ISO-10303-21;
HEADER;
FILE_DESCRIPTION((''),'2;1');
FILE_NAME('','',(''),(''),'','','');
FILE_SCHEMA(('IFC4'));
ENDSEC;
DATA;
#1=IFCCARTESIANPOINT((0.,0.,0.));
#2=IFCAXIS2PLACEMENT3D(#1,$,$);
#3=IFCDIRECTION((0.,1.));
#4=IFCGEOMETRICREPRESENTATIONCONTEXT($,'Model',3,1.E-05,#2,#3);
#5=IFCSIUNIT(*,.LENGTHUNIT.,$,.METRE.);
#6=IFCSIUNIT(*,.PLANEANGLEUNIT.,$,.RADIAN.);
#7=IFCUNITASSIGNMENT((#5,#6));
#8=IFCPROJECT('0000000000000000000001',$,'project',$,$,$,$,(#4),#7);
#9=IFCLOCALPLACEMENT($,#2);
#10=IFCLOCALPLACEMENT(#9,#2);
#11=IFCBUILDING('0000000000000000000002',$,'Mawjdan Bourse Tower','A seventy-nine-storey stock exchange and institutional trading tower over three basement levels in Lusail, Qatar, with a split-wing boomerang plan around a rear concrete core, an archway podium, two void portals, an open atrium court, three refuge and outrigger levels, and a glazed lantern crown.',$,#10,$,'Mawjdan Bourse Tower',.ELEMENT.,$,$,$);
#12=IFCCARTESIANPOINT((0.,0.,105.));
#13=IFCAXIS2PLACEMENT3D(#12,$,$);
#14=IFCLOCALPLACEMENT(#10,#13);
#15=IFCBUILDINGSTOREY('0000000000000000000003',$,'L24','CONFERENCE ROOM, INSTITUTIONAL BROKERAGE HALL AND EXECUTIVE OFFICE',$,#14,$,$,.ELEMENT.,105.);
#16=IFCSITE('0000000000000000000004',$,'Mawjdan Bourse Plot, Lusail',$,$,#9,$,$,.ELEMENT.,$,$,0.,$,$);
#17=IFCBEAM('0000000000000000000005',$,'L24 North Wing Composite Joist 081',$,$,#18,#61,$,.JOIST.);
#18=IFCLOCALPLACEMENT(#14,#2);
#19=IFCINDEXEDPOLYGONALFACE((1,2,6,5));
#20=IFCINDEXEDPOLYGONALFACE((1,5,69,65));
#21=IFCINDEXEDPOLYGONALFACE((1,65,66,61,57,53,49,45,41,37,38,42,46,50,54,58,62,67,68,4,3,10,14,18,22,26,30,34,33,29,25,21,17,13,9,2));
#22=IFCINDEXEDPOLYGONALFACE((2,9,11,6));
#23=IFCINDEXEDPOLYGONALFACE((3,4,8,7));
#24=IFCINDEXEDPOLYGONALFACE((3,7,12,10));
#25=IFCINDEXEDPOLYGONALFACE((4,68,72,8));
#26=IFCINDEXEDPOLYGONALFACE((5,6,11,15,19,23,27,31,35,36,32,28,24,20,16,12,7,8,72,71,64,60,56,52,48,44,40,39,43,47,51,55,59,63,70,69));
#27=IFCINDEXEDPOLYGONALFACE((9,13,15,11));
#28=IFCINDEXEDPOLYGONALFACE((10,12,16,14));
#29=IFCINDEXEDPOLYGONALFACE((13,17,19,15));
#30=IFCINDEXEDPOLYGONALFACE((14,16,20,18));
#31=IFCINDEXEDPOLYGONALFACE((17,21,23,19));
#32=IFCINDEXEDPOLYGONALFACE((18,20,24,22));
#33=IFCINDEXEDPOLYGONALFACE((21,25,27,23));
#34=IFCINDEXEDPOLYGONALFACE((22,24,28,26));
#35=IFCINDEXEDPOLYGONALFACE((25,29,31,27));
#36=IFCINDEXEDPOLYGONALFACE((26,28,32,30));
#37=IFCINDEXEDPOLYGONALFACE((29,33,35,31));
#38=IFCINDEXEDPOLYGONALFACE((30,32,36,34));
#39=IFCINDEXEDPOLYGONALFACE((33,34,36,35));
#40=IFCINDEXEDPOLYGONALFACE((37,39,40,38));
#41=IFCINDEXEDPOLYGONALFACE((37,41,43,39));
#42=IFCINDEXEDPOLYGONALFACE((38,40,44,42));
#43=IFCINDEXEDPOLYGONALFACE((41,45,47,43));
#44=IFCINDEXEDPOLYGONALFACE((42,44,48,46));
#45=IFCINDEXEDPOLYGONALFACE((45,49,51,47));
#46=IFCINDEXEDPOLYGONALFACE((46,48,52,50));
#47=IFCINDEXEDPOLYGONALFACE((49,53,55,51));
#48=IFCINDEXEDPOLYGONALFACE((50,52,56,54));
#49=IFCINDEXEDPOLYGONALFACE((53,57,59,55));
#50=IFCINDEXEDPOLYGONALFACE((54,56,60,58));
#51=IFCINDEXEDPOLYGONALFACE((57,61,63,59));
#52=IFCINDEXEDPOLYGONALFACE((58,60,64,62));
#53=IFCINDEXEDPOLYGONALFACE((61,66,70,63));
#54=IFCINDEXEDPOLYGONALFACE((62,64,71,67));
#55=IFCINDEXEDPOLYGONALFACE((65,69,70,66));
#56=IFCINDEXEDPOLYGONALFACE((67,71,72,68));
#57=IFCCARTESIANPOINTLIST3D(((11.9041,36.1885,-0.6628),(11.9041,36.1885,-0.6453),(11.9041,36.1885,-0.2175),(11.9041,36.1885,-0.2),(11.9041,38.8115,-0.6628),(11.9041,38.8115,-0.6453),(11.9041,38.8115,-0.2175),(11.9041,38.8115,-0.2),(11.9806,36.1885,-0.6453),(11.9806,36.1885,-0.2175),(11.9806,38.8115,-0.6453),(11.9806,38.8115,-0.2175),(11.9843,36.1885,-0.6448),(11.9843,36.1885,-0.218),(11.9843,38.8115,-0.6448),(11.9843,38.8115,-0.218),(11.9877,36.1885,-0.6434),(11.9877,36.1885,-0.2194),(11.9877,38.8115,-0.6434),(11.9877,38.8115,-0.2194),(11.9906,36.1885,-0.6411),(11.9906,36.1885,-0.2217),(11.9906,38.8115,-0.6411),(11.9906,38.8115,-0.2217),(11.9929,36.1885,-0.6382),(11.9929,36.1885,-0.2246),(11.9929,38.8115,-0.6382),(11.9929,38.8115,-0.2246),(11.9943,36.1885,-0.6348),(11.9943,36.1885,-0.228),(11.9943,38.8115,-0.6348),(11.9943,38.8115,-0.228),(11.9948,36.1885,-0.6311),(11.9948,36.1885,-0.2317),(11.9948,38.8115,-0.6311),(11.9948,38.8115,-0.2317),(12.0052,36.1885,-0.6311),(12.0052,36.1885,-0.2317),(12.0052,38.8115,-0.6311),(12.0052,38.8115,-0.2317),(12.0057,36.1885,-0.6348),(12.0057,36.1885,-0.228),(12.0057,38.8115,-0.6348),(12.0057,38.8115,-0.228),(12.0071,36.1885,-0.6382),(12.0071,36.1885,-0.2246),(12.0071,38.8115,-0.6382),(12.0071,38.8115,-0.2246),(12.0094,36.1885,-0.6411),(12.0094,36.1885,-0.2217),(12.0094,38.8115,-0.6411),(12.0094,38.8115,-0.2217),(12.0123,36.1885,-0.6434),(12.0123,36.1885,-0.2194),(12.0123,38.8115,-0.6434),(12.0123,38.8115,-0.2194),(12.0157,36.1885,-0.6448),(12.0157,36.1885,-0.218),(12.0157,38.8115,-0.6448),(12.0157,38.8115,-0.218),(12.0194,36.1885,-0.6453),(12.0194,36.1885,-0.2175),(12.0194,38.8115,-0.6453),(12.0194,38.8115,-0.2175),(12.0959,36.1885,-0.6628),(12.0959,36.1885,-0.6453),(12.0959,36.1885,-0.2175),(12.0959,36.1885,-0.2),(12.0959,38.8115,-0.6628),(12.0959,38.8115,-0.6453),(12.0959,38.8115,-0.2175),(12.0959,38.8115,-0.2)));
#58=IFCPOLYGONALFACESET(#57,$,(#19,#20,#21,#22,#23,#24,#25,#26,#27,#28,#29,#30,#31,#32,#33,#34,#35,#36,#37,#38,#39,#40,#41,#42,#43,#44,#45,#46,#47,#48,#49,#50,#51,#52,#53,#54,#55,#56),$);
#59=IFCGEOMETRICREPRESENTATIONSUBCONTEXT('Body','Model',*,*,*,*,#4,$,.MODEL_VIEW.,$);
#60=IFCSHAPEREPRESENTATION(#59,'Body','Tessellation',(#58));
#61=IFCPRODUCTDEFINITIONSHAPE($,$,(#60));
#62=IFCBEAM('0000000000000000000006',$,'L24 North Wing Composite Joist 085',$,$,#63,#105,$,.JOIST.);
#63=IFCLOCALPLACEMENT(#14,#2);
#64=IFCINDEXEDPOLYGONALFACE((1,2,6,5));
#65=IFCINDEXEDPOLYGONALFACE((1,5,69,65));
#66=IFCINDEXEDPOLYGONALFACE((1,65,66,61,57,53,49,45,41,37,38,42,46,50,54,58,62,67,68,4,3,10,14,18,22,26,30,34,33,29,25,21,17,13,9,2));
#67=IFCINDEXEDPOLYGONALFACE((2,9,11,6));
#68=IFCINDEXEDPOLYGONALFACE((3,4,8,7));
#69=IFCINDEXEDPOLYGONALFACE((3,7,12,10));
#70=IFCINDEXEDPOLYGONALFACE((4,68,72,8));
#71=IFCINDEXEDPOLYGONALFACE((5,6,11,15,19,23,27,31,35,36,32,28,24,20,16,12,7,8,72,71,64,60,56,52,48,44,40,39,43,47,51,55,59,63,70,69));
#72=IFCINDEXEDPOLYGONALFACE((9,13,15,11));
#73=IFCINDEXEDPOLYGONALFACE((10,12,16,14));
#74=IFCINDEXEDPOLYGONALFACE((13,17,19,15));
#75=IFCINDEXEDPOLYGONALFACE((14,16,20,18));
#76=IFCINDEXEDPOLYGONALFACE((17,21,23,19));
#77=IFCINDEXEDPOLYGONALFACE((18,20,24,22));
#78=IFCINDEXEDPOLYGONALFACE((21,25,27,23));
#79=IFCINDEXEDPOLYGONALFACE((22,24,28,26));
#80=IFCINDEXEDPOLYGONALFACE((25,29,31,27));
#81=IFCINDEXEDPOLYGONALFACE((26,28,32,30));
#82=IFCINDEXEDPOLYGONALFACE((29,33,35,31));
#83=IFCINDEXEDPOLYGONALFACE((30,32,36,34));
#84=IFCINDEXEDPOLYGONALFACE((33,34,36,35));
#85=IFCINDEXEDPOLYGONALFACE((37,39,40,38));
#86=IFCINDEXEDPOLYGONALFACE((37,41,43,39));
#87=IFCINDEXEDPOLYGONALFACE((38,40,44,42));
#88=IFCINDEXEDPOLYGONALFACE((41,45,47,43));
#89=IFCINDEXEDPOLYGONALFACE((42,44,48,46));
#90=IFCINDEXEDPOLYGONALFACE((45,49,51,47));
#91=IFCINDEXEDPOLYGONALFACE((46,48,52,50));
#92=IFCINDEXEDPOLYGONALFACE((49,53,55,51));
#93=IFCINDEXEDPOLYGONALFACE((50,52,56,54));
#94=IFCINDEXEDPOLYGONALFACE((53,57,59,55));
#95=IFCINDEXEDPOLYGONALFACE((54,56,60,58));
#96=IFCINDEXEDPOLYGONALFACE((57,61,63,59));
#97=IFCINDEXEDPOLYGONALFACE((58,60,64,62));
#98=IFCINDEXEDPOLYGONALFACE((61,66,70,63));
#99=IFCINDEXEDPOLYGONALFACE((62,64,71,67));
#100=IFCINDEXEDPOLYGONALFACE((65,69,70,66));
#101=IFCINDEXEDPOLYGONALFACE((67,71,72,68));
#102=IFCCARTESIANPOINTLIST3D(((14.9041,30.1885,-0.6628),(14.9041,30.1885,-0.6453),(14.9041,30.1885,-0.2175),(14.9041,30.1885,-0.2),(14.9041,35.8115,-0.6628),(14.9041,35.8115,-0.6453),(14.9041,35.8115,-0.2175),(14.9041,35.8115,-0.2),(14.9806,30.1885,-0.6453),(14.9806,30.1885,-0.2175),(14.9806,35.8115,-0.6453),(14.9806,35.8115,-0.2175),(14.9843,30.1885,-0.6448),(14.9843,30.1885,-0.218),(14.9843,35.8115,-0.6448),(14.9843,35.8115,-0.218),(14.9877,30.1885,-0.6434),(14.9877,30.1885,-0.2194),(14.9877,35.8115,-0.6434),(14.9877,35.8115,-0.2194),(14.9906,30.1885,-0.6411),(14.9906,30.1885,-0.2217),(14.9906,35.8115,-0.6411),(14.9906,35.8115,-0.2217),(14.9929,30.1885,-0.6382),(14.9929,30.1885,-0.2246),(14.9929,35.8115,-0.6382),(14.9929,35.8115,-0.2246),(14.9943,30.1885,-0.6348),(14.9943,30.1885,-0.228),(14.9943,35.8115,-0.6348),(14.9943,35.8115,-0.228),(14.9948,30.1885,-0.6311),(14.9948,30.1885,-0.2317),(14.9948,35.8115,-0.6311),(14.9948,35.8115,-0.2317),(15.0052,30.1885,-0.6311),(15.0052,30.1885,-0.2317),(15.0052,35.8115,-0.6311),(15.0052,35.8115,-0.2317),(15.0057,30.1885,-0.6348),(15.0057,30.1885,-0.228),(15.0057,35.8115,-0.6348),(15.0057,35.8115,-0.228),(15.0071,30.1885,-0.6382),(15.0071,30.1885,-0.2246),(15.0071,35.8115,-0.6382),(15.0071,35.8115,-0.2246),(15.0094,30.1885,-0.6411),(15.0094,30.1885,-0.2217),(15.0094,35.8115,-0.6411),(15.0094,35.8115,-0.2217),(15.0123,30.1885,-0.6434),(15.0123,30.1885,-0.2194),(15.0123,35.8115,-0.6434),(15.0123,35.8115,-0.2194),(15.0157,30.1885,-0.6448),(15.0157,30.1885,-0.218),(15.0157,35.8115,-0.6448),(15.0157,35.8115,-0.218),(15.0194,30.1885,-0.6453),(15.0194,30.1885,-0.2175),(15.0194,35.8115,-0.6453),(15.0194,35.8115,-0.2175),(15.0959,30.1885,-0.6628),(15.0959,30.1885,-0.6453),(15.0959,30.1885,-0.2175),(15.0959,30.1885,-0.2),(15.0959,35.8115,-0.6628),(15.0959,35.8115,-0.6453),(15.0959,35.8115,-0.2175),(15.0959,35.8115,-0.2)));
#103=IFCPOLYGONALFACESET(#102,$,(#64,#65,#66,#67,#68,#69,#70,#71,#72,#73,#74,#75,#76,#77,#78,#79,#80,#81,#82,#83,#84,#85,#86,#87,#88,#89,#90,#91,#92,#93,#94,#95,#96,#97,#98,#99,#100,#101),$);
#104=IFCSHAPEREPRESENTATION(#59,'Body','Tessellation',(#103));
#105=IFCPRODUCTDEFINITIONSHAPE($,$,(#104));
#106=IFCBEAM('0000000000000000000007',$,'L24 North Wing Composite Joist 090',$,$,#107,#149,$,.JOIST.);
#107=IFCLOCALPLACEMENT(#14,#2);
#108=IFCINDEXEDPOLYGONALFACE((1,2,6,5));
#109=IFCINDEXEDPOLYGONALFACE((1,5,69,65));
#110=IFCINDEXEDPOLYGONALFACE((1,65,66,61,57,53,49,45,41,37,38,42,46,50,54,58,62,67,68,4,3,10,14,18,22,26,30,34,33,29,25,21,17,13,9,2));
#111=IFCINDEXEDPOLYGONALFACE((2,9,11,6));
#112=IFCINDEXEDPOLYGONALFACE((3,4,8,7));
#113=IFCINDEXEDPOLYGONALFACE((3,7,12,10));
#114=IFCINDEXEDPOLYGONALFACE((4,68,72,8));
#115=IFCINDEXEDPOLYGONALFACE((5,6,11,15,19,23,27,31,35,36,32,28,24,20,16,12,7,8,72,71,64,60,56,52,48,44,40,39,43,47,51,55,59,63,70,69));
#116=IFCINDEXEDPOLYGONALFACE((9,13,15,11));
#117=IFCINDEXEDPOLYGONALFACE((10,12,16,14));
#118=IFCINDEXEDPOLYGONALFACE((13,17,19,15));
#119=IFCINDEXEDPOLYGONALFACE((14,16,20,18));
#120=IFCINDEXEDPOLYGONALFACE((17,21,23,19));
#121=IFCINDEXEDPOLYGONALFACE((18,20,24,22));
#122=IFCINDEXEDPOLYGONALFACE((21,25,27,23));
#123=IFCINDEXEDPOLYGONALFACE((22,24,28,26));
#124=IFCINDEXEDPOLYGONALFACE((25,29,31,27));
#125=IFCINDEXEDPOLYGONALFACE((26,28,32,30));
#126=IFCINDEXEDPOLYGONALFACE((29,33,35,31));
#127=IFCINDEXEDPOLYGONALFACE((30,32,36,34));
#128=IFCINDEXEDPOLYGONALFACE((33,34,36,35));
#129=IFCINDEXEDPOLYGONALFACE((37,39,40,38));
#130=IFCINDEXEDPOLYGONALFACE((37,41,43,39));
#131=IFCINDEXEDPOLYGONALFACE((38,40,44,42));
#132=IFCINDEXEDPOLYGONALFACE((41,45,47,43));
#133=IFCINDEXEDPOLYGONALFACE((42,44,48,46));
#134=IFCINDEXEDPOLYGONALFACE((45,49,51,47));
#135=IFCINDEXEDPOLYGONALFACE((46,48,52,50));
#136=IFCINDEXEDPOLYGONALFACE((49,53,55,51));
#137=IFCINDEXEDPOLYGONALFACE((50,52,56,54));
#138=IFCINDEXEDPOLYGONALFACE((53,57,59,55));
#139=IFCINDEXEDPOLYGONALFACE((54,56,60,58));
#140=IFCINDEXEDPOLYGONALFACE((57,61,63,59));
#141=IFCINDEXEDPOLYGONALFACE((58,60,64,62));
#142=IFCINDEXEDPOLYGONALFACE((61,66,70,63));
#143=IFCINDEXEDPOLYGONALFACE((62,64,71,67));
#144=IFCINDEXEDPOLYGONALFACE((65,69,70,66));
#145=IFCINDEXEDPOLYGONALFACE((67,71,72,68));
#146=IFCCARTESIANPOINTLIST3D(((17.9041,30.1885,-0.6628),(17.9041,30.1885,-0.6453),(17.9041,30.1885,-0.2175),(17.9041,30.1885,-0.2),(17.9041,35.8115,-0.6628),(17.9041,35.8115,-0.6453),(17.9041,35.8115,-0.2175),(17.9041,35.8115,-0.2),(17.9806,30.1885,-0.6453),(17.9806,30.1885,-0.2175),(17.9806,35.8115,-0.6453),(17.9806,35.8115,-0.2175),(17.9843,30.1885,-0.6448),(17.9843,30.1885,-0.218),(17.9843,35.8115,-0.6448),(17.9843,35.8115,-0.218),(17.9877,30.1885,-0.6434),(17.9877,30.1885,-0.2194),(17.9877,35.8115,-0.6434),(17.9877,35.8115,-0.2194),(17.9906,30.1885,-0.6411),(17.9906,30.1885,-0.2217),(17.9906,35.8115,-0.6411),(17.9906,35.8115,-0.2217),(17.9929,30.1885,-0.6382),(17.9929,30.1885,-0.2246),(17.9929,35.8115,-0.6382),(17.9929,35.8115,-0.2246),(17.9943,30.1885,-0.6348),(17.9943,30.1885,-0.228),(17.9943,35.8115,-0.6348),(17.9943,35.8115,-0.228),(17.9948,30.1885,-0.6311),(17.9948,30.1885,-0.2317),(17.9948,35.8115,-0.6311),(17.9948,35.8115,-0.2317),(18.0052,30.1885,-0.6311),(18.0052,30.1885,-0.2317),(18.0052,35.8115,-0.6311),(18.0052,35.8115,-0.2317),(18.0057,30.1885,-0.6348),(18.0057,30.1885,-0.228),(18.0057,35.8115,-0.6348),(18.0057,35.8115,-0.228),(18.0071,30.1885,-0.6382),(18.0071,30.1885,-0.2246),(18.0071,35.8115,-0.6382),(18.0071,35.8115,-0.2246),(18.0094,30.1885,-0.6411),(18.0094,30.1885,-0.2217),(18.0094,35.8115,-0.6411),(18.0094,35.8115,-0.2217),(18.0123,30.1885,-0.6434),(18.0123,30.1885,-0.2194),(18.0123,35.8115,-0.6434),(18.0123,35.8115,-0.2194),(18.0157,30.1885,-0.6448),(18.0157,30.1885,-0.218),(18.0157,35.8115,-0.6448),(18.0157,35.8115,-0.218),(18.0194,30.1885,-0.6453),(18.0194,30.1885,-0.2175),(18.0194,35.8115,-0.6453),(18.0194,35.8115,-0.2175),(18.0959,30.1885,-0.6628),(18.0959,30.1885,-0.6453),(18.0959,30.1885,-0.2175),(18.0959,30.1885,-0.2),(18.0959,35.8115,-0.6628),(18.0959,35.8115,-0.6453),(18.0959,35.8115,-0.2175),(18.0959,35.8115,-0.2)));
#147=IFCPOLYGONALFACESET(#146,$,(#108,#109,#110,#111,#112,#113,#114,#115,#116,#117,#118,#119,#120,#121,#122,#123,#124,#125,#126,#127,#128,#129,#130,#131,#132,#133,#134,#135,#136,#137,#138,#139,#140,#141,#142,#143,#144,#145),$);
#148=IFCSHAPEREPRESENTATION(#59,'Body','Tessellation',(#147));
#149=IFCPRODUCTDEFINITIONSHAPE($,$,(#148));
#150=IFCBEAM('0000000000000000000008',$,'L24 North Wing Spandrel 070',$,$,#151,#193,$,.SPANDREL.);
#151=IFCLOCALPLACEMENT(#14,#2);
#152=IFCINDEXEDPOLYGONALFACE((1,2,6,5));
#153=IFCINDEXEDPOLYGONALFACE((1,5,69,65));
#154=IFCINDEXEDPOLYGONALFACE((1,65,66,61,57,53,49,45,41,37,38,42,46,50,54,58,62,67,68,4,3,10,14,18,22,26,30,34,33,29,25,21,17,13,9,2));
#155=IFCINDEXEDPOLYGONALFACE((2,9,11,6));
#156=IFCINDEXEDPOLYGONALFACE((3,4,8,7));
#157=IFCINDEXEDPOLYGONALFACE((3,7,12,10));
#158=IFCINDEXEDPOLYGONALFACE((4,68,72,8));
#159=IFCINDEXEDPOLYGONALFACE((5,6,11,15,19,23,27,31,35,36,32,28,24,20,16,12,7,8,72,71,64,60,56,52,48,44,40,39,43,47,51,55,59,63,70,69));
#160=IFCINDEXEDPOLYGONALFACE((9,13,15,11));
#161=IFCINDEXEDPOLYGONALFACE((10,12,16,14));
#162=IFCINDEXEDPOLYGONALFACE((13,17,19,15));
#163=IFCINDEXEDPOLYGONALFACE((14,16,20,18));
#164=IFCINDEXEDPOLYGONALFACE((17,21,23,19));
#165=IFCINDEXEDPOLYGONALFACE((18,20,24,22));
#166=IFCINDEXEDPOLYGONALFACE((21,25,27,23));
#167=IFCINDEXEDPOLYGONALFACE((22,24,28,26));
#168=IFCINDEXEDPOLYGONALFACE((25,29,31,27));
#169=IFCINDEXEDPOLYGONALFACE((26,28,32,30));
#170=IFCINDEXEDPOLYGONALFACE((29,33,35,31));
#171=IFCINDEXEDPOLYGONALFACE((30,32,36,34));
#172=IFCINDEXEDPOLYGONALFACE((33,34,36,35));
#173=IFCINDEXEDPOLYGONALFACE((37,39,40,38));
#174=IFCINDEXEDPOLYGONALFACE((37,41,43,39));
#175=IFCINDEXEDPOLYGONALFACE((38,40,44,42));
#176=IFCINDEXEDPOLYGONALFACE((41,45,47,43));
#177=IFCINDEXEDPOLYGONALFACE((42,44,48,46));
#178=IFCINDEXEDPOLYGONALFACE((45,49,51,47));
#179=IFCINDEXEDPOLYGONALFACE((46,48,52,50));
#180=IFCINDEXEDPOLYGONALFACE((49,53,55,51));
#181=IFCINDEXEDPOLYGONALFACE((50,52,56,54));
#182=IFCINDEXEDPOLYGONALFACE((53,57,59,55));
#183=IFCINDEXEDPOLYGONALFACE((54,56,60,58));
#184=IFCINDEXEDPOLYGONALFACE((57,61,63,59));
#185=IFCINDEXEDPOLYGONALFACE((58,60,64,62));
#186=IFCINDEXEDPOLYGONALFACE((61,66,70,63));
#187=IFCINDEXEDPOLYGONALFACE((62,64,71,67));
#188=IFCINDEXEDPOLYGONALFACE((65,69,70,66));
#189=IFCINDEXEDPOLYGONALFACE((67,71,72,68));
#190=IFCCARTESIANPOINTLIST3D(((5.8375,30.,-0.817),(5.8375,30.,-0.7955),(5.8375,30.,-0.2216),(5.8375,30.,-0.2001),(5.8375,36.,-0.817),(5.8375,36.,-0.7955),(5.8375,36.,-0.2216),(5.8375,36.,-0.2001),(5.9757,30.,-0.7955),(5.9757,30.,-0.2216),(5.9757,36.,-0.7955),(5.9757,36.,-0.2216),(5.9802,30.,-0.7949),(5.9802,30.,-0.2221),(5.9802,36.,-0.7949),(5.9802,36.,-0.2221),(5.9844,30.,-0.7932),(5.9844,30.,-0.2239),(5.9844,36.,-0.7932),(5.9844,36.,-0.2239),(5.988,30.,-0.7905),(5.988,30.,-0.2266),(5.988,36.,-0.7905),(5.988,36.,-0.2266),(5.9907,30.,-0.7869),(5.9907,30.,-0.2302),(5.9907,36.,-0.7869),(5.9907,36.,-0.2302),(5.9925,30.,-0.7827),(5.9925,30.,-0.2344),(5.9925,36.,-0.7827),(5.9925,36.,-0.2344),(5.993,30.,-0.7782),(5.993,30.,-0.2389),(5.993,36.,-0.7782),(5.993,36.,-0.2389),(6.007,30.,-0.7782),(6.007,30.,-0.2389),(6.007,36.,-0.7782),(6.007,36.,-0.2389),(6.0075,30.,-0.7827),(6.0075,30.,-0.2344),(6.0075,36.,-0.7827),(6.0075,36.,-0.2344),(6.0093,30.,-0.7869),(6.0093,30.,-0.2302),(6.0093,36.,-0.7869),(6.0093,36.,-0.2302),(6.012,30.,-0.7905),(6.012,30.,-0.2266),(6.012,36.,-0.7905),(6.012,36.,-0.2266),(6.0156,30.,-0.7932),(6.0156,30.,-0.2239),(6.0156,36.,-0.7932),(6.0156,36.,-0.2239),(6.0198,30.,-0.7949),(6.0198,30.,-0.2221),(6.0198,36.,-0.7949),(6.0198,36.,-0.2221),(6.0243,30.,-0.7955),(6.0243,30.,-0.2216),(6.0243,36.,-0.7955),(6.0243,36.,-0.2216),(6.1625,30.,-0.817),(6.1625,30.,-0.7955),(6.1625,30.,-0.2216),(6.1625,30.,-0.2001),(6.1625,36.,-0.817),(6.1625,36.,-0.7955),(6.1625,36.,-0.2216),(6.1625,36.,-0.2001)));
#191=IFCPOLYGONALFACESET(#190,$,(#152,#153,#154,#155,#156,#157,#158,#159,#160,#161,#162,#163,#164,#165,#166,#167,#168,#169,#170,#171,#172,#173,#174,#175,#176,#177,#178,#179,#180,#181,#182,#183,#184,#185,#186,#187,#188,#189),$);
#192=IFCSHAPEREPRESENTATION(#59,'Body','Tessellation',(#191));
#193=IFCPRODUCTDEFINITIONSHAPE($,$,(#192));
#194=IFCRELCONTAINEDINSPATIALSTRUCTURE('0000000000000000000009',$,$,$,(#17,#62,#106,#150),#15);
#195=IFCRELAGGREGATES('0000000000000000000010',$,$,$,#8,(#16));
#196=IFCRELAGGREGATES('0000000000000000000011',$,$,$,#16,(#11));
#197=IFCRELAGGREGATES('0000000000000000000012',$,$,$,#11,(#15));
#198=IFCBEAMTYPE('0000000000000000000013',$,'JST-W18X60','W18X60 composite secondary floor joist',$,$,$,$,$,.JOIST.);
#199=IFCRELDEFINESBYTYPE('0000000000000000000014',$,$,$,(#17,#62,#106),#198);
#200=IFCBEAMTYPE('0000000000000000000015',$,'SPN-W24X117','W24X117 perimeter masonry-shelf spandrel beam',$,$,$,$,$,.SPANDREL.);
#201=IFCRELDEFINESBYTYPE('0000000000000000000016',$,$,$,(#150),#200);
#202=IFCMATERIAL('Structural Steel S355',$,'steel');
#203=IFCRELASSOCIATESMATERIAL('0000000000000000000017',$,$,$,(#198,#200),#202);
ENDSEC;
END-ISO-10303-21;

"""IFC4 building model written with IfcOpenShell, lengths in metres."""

from ifc_helpers import new_model, si_unit, direction, frame, origin, origin_2d, place, context, subcontext, project, spatial, i_section, extrude, material, material_profile, profile_set, type_object, element, save


model = new_model("IFC4")

# Units and contexts
model_context = context("Model", 3, precision=1e-05, world=origin(), true_north=direction((0.0, 1.0)))
body_context = subcontext(model_context, "Body", "Model", "MODEL_VIEW")
ifc_project = project(units=[si_unit("LENGTHUNIT", "METRE"), si_unit("PLANEANGLEUNIT", "RADIAN")], contexts=[model_context])

# Site, building, storey
site_placement = place(None, origin())
site = spatial("IfcSite", under=ifc_project, at=site_placement, Name="Mawjdan Bourse Plot, Lusail", CompositionType="ELEMENT", RefElevation=0.0)
building_placement = place(site_placement, origin())
building = spatial("IfcBuilding", under=site, at=building_placement, Name="Mawjdan Bourse Tower", Description="A seventy-nine-storey stock exchange and institutional trading tower over three basement levels in Lusail, Qatar, with a split-wing boomerang plan around a rear concrete core, an archway podium, two void portals, an open atrium court, three refuge and outrigger levels, and a glazed lantern crown.", LongName="Mawjdan Bourse Tower", CompositionType="ELEMENT")
storey_placement = place(building_placement, frame((0.0, 0.0, 105.0)))
storey = spatial("IfcBuildingStorey", under=building, at=storey_placement, Name="L24", Description="CONFERENCE ROOM, INSTITUTIONAL BROKERAGE HALL AND EXECUTIVE OFFICE", CompositionType="ELEMENT", Elevation=105.0)

# Beams
ifc_material_1 = material(Name="Structural Steel S355", Category="steel")
ifc_material_profile_1 = material_profile(ifc_material_1, i_section(OverallWidth=0.1919, OverallDepth=0.4629, WebThickness=0.0105, FlangeThickness=0.0176, FilletRadius=0.0142, at=origin_2d()), Name="W18X60")
ifc_profile_set_1 = profile_set([ifc_material_profile_1], Name="Structural Steel S355")
beam_type_1 = type_object("IfcBeamType", Name="JST-W18X60", Description="W18X60 composite secondary floor joist", PredefinedType="JOIST", material=ifc_profile_set_1)
beam_1_placement = place(storey_placement, frame((12.0, 36.1885, -0.4314), z_axis=(0.0, 1.0, 0.0), x_axis=(-1.0, 0.0, 0.0)))
element("IfcBeam", 1, at=beam_1_placement, inside=storey, type_object=beam_type_1, Name="L24 North Wing Composite Joist 081", PredefinedType="JOIST", context=body_context, shape_type="SweptSolid", body=[
    extrude(i_section(OverallWidth=0.1919, OverallDepth=0.4629, WebThickness=0.0105, FlangeThickness=0.0176, FilletRadius=0.0142, at=origin_2d()), origin(), (0.0, 0.0, 1.0), 2.623),
])
for number, where, z_axis, x_axis, name in (
    (2, (15.0, 30.1885, -0.4314), (0.0, 1.0, 0.0), (-1.0, 0.0, 0.0), "L24 North Wing Composite Joist 085"),
    (3, (18.0, 30.1885, -0.4314), (0.0, 1.0, 0.0), (-1.0, 0.0, 0.0), "L24 North Wing Composite Joist 090"),
):
    element("IfcBeam", number, at=place(storey_placement, frame(where, z_axis=z_axis, x_axis=x_axis)), inside=storey, type_object=beam_type_1, Name=name, PredefinedType="JOIST", context=body_context, shape_type="SweptSolid", body=[
        extrude(i_section(OverallWidth=0.1919, OverallDepth=0.4629, WebThickness=0.0105, FlangeThickness=0.0176, FilletRadius=0.0142, at=origin_2d()), origin(), (0.0, 0.0, 1.0), 5.623),
    ])
ifc_material_profile_2 = material_profile(ifc_material_1, i_section(OverallWidth=0.325, OverallDepth=0.6169, WebThickness=0.0139, FlangeThickness=0.0215, FilletRadius=0.0173, at=origin_2d()), Name="W24X117")
ifc_profile_set_2 = profile_set([ifc_material_profile_2], Name="Structural Steel S355")
beam_type_2 = type_object("IfcBeamType", Name="SPN-W24X117", Description="W24X117 perimeter masonry-shelf spandrel beam", PredefinedType="SPANDREL", material=ifc_profile_set_2)
beam_2_placement = place(storey_placement, frame((6.0, 30.0, -0.5085), z_axis=(0.0, 1.0, 0.0), x_axis=(-1.0, 0.0, 0.0)))
element("IfcBeam", 4, at=beam_2_placement, inside=storey, type_object=beam_type_2, Name="L24 North Wing Spandrel 070", PredefinedType="SPANDREL", context=body_context, shape_type="SweptSolid", body=[
    extrude(i_section(OverallWidth=0.325, OverallDepth=0.6169, WebThickness=0.0139, FlangeThickness=0.0215, FilletRadius=0.0173, at=origin_2d()), origin(), (0.0, 0.0, 1.0), 6.0),
])

save(model, "model.ifc")
